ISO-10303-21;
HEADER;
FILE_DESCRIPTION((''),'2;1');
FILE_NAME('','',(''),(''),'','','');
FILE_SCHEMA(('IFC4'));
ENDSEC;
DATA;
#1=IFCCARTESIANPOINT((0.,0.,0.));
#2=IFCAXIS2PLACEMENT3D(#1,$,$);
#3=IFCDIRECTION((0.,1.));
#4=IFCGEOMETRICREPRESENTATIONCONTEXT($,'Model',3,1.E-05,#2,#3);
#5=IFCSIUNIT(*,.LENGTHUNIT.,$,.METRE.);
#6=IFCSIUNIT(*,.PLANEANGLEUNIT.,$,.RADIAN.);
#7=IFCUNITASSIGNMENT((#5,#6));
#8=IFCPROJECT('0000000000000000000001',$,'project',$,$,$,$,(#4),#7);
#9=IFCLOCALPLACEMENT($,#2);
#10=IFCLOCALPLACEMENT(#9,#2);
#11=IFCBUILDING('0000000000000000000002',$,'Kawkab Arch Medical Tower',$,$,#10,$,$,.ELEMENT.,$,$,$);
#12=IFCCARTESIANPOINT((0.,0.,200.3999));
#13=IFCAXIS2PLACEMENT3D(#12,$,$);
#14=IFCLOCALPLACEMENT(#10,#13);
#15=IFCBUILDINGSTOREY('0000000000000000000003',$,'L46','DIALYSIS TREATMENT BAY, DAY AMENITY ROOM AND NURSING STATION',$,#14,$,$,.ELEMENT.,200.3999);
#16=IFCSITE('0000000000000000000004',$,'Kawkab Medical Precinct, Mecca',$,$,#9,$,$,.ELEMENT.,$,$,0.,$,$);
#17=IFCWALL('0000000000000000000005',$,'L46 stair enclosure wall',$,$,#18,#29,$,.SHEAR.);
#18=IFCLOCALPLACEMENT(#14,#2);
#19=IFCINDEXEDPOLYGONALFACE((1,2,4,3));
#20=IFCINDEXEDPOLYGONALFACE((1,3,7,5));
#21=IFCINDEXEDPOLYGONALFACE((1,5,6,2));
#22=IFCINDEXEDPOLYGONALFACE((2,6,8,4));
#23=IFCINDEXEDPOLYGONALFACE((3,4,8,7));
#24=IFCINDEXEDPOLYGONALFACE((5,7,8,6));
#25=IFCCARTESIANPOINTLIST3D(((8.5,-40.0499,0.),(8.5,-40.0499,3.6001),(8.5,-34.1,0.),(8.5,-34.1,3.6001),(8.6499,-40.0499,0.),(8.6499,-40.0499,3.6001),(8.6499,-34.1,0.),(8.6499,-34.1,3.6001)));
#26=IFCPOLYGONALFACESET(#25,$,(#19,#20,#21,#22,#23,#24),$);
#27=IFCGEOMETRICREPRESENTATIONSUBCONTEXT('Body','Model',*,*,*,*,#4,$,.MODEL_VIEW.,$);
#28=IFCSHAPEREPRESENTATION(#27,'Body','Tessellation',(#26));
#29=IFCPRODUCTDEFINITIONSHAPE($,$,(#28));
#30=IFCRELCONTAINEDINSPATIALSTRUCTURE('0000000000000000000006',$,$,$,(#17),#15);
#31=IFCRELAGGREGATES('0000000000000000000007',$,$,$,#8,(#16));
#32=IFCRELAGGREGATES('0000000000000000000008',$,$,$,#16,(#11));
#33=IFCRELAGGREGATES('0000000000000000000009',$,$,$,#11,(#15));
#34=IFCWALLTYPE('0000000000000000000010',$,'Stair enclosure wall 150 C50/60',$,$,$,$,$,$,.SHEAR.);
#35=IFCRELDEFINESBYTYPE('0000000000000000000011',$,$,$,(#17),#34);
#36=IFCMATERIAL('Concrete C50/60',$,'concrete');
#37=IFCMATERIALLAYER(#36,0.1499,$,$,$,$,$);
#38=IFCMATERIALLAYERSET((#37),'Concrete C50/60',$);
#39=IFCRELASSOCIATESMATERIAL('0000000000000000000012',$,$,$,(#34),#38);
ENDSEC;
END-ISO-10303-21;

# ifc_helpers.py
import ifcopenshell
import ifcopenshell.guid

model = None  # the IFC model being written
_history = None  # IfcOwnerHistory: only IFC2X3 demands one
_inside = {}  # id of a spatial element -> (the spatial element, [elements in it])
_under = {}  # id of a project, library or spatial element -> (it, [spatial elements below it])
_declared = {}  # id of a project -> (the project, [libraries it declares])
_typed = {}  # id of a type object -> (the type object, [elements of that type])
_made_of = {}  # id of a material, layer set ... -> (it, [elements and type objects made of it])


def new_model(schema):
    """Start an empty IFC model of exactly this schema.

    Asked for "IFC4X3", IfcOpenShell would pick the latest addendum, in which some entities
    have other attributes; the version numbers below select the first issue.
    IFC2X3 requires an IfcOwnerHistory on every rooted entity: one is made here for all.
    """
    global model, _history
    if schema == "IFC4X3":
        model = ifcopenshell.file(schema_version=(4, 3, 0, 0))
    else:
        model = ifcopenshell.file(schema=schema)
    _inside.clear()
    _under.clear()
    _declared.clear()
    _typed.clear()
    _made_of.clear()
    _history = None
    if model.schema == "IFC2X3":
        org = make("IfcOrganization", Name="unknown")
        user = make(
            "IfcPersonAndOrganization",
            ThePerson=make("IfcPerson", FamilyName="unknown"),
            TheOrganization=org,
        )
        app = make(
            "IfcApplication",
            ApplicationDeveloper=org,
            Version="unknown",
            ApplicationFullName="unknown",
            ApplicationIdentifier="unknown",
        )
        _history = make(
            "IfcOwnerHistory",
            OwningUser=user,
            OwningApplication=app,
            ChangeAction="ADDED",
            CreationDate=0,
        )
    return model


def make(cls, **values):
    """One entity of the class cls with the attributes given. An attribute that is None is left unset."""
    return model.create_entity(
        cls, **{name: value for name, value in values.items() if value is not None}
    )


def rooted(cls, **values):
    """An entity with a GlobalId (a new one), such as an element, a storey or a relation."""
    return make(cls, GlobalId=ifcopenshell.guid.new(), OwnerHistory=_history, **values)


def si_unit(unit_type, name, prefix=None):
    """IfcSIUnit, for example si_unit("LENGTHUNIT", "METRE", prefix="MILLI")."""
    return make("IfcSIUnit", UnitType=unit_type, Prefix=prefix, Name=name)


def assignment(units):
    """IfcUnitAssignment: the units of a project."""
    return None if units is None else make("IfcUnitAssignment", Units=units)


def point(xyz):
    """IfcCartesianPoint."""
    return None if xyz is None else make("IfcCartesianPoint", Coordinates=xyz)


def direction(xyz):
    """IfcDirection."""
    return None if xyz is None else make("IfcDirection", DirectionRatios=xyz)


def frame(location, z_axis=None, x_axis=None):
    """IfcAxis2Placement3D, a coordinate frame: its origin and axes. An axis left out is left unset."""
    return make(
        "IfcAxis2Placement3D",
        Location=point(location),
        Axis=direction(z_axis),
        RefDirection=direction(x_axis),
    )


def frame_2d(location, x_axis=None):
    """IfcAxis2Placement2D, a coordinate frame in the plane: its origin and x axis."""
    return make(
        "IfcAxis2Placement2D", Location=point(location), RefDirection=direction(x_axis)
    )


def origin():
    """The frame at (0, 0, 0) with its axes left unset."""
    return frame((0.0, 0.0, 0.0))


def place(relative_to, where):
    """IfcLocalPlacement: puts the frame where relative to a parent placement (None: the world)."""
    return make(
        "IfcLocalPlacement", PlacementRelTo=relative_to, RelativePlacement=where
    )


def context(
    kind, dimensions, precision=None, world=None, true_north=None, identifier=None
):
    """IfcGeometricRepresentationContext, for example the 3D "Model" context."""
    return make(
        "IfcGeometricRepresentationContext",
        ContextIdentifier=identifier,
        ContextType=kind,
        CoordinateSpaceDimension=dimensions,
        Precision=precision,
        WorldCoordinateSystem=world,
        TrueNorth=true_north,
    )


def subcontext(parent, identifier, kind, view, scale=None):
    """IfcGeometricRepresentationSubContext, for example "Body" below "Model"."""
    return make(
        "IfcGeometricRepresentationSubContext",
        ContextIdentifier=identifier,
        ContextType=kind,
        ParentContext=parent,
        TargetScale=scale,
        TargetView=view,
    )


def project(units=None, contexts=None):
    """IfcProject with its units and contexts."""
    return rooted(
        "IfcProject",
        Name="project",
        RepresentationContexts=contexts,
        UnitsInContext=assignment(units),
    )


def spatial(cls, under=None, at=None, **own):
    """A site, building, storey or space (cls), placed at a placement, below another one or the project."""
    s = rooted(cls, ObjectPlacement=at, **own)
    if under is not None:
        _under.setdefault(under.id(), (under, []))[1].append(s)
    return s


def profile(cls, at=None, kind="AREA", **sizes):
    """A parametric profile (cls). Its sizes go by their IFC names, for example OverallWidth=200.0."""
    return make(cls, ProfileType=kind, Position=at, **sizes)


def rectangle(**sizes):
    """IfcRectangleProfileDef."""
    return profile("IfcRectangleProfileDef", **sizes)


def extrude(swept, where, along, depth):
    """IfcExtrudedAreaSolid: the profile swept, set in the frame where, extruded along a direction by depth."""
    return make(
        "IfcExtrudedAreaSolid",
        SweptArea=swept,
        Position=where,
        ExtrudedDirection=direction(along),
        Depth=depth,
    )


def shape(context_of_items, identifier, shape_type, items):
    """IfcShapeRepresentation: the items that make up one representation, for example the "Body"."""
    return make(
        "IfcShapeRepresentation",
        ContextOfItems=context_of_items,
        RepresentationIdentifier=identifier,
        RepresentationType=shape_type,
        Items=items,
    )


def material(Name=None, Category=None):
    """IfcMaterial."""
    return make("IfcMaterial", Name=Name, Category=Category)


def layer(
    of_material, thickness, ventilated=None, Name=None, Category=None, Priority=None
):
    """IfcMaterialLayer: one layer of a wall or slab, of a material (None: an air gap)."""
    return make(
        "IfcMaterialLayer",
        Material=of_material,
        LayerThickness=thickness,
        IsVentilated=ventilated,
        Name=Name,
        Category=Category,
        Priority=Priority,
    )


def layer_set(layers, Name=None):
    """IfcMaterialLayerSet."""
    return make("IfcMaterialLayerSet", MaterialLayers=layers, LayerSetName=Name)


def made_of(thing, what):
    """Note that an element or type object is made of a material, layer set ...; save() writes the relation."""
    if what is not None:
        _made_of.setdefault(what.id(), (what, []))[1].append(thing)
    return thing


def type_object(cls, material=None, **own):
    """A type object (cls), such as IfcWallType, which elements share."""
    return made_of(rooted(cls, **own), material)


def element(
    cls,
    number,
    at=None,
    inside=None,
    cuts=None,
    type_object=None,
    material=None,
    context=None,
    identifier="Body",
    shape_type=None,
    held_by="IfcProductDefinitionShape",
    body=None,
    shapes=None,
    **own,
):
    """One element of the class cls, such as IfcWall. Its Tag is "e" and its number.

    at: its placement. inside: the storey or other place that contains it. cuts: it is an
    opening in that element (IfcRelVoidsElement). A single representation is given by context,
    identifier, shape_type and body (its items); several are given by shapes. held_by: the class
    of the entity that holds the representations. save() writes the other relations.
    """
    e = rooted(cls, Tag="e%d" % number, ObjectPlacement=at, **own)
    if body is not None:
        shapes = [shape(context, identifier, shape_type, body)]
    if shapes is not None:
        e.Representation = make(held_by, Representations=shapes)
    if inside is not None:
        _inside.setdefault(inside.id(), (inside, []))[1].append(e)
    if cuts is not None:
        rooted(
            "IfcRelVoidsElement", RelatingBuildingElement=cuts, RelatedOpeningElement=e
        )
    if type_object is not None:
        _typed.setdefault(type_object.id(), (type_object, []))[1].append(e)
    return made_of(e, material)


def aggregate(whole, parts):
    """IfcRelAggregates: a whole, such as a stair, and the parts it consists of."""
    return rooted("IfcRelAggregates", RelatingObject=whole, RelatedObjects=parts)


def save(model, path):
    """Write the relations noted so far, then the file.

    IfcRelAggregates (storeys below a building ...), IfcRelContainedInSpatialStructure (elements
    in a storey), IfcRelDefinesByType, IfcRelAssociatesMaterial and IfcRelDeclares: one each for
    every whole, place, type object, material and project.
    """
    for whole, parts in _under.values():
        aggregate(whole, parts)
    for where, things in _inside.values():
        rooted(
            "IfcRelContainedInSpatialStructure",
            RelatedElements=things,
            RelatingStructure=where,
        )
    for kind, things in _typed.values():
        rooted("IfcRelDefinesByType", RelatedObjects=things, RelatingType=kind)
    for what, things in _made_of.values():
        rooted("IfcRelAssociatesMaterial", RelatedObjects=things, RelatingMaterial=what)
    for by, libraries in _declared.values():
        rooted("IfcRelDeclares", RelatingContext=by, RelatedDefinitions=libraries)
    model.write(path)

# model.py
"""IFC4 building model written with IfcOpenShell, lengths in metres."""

from ifc_helpers import new_model, si_unit, direction, frame, frame_2d, origin, place, context, subcontext, project, spatial, rectangle, extrude, material, layer, layer_set, type_object, element, save


model = new_model("IFC4")

# Units and contexts
model_context = context("Model", 3, precision=1e-05, world=origin(), true_north=direction((0.0, 1.0)))
body_context = subcontext(model_context, "Body", "Model", "MODEL_VIEW")
ifc_project = project(units=[si_unit("LENGTHUNIT", "METRE"), si_unit("PLANEANGLEUNIT", "RADIAN")], contexts=[model_context])

# Site, building, storey
site_placement = place(None, origin())
site = spatial("IfcSite", under=ifc_project, at=site_placement, Name="Kawkab Medical Precinct, Mecca", CompositionType="ELEMENT", RefElevation=0.0)
building_placement = place(site_placement, origin())
building = spatial("IfcBuilding", under=site, at=building_placement, Name="Kawkab Arch Medical Tower", CompositionType="ELEMENT")
storey_placement = place(building_placement, frame((0.0, 0.0, 200.3999)))
storey = spatial("IfcBuildingStorey", under=building, at=storey_placement, Name="L46", Description="DIALYSIS TREATMENT BAY, DAY AMENITY ROOM AND NURSING STATION", CompositionType="ELEMENT", Elevation=200.3999)

# Wall
ifc_material_1 = material(Name="Concrete C50/60", Category="concrete")
ifc_layer_1 = layer(ifc_material_1, 0.1499)
ifc_layer_set_1 = layer_set([ifc_layer_1], Name="Concrete C50/60")
wall_type_1 = type_object("IfcWallType", Name="Stair enclosure wall 150 C50/60", PredefinedType="SHEAR", material=ifc_layer_set_1)
wall_1_placement = place(storey_placement, frame((8.575, -40.05, 0.0), z_axis=(0.0, 0.0, 1.0), x_axis=(0.0, 1.0, 0.0)))
element("IfcWall", 1, at=wall_1_placement, inside=storey, type_object=wall_type_1, Name="L46 stair enclosure wall", PredefinedType="SHEAR", context=body_context, shape_type="SweptSolid", body=[
    extrude(rectangle(XDim=5.95, YDim=0.1499, at=frame_2d((2.9751, 0.0))), origin(), (0.0, 0.0, 1.0), 3.6001),
])

save(model, "model.ifc")
